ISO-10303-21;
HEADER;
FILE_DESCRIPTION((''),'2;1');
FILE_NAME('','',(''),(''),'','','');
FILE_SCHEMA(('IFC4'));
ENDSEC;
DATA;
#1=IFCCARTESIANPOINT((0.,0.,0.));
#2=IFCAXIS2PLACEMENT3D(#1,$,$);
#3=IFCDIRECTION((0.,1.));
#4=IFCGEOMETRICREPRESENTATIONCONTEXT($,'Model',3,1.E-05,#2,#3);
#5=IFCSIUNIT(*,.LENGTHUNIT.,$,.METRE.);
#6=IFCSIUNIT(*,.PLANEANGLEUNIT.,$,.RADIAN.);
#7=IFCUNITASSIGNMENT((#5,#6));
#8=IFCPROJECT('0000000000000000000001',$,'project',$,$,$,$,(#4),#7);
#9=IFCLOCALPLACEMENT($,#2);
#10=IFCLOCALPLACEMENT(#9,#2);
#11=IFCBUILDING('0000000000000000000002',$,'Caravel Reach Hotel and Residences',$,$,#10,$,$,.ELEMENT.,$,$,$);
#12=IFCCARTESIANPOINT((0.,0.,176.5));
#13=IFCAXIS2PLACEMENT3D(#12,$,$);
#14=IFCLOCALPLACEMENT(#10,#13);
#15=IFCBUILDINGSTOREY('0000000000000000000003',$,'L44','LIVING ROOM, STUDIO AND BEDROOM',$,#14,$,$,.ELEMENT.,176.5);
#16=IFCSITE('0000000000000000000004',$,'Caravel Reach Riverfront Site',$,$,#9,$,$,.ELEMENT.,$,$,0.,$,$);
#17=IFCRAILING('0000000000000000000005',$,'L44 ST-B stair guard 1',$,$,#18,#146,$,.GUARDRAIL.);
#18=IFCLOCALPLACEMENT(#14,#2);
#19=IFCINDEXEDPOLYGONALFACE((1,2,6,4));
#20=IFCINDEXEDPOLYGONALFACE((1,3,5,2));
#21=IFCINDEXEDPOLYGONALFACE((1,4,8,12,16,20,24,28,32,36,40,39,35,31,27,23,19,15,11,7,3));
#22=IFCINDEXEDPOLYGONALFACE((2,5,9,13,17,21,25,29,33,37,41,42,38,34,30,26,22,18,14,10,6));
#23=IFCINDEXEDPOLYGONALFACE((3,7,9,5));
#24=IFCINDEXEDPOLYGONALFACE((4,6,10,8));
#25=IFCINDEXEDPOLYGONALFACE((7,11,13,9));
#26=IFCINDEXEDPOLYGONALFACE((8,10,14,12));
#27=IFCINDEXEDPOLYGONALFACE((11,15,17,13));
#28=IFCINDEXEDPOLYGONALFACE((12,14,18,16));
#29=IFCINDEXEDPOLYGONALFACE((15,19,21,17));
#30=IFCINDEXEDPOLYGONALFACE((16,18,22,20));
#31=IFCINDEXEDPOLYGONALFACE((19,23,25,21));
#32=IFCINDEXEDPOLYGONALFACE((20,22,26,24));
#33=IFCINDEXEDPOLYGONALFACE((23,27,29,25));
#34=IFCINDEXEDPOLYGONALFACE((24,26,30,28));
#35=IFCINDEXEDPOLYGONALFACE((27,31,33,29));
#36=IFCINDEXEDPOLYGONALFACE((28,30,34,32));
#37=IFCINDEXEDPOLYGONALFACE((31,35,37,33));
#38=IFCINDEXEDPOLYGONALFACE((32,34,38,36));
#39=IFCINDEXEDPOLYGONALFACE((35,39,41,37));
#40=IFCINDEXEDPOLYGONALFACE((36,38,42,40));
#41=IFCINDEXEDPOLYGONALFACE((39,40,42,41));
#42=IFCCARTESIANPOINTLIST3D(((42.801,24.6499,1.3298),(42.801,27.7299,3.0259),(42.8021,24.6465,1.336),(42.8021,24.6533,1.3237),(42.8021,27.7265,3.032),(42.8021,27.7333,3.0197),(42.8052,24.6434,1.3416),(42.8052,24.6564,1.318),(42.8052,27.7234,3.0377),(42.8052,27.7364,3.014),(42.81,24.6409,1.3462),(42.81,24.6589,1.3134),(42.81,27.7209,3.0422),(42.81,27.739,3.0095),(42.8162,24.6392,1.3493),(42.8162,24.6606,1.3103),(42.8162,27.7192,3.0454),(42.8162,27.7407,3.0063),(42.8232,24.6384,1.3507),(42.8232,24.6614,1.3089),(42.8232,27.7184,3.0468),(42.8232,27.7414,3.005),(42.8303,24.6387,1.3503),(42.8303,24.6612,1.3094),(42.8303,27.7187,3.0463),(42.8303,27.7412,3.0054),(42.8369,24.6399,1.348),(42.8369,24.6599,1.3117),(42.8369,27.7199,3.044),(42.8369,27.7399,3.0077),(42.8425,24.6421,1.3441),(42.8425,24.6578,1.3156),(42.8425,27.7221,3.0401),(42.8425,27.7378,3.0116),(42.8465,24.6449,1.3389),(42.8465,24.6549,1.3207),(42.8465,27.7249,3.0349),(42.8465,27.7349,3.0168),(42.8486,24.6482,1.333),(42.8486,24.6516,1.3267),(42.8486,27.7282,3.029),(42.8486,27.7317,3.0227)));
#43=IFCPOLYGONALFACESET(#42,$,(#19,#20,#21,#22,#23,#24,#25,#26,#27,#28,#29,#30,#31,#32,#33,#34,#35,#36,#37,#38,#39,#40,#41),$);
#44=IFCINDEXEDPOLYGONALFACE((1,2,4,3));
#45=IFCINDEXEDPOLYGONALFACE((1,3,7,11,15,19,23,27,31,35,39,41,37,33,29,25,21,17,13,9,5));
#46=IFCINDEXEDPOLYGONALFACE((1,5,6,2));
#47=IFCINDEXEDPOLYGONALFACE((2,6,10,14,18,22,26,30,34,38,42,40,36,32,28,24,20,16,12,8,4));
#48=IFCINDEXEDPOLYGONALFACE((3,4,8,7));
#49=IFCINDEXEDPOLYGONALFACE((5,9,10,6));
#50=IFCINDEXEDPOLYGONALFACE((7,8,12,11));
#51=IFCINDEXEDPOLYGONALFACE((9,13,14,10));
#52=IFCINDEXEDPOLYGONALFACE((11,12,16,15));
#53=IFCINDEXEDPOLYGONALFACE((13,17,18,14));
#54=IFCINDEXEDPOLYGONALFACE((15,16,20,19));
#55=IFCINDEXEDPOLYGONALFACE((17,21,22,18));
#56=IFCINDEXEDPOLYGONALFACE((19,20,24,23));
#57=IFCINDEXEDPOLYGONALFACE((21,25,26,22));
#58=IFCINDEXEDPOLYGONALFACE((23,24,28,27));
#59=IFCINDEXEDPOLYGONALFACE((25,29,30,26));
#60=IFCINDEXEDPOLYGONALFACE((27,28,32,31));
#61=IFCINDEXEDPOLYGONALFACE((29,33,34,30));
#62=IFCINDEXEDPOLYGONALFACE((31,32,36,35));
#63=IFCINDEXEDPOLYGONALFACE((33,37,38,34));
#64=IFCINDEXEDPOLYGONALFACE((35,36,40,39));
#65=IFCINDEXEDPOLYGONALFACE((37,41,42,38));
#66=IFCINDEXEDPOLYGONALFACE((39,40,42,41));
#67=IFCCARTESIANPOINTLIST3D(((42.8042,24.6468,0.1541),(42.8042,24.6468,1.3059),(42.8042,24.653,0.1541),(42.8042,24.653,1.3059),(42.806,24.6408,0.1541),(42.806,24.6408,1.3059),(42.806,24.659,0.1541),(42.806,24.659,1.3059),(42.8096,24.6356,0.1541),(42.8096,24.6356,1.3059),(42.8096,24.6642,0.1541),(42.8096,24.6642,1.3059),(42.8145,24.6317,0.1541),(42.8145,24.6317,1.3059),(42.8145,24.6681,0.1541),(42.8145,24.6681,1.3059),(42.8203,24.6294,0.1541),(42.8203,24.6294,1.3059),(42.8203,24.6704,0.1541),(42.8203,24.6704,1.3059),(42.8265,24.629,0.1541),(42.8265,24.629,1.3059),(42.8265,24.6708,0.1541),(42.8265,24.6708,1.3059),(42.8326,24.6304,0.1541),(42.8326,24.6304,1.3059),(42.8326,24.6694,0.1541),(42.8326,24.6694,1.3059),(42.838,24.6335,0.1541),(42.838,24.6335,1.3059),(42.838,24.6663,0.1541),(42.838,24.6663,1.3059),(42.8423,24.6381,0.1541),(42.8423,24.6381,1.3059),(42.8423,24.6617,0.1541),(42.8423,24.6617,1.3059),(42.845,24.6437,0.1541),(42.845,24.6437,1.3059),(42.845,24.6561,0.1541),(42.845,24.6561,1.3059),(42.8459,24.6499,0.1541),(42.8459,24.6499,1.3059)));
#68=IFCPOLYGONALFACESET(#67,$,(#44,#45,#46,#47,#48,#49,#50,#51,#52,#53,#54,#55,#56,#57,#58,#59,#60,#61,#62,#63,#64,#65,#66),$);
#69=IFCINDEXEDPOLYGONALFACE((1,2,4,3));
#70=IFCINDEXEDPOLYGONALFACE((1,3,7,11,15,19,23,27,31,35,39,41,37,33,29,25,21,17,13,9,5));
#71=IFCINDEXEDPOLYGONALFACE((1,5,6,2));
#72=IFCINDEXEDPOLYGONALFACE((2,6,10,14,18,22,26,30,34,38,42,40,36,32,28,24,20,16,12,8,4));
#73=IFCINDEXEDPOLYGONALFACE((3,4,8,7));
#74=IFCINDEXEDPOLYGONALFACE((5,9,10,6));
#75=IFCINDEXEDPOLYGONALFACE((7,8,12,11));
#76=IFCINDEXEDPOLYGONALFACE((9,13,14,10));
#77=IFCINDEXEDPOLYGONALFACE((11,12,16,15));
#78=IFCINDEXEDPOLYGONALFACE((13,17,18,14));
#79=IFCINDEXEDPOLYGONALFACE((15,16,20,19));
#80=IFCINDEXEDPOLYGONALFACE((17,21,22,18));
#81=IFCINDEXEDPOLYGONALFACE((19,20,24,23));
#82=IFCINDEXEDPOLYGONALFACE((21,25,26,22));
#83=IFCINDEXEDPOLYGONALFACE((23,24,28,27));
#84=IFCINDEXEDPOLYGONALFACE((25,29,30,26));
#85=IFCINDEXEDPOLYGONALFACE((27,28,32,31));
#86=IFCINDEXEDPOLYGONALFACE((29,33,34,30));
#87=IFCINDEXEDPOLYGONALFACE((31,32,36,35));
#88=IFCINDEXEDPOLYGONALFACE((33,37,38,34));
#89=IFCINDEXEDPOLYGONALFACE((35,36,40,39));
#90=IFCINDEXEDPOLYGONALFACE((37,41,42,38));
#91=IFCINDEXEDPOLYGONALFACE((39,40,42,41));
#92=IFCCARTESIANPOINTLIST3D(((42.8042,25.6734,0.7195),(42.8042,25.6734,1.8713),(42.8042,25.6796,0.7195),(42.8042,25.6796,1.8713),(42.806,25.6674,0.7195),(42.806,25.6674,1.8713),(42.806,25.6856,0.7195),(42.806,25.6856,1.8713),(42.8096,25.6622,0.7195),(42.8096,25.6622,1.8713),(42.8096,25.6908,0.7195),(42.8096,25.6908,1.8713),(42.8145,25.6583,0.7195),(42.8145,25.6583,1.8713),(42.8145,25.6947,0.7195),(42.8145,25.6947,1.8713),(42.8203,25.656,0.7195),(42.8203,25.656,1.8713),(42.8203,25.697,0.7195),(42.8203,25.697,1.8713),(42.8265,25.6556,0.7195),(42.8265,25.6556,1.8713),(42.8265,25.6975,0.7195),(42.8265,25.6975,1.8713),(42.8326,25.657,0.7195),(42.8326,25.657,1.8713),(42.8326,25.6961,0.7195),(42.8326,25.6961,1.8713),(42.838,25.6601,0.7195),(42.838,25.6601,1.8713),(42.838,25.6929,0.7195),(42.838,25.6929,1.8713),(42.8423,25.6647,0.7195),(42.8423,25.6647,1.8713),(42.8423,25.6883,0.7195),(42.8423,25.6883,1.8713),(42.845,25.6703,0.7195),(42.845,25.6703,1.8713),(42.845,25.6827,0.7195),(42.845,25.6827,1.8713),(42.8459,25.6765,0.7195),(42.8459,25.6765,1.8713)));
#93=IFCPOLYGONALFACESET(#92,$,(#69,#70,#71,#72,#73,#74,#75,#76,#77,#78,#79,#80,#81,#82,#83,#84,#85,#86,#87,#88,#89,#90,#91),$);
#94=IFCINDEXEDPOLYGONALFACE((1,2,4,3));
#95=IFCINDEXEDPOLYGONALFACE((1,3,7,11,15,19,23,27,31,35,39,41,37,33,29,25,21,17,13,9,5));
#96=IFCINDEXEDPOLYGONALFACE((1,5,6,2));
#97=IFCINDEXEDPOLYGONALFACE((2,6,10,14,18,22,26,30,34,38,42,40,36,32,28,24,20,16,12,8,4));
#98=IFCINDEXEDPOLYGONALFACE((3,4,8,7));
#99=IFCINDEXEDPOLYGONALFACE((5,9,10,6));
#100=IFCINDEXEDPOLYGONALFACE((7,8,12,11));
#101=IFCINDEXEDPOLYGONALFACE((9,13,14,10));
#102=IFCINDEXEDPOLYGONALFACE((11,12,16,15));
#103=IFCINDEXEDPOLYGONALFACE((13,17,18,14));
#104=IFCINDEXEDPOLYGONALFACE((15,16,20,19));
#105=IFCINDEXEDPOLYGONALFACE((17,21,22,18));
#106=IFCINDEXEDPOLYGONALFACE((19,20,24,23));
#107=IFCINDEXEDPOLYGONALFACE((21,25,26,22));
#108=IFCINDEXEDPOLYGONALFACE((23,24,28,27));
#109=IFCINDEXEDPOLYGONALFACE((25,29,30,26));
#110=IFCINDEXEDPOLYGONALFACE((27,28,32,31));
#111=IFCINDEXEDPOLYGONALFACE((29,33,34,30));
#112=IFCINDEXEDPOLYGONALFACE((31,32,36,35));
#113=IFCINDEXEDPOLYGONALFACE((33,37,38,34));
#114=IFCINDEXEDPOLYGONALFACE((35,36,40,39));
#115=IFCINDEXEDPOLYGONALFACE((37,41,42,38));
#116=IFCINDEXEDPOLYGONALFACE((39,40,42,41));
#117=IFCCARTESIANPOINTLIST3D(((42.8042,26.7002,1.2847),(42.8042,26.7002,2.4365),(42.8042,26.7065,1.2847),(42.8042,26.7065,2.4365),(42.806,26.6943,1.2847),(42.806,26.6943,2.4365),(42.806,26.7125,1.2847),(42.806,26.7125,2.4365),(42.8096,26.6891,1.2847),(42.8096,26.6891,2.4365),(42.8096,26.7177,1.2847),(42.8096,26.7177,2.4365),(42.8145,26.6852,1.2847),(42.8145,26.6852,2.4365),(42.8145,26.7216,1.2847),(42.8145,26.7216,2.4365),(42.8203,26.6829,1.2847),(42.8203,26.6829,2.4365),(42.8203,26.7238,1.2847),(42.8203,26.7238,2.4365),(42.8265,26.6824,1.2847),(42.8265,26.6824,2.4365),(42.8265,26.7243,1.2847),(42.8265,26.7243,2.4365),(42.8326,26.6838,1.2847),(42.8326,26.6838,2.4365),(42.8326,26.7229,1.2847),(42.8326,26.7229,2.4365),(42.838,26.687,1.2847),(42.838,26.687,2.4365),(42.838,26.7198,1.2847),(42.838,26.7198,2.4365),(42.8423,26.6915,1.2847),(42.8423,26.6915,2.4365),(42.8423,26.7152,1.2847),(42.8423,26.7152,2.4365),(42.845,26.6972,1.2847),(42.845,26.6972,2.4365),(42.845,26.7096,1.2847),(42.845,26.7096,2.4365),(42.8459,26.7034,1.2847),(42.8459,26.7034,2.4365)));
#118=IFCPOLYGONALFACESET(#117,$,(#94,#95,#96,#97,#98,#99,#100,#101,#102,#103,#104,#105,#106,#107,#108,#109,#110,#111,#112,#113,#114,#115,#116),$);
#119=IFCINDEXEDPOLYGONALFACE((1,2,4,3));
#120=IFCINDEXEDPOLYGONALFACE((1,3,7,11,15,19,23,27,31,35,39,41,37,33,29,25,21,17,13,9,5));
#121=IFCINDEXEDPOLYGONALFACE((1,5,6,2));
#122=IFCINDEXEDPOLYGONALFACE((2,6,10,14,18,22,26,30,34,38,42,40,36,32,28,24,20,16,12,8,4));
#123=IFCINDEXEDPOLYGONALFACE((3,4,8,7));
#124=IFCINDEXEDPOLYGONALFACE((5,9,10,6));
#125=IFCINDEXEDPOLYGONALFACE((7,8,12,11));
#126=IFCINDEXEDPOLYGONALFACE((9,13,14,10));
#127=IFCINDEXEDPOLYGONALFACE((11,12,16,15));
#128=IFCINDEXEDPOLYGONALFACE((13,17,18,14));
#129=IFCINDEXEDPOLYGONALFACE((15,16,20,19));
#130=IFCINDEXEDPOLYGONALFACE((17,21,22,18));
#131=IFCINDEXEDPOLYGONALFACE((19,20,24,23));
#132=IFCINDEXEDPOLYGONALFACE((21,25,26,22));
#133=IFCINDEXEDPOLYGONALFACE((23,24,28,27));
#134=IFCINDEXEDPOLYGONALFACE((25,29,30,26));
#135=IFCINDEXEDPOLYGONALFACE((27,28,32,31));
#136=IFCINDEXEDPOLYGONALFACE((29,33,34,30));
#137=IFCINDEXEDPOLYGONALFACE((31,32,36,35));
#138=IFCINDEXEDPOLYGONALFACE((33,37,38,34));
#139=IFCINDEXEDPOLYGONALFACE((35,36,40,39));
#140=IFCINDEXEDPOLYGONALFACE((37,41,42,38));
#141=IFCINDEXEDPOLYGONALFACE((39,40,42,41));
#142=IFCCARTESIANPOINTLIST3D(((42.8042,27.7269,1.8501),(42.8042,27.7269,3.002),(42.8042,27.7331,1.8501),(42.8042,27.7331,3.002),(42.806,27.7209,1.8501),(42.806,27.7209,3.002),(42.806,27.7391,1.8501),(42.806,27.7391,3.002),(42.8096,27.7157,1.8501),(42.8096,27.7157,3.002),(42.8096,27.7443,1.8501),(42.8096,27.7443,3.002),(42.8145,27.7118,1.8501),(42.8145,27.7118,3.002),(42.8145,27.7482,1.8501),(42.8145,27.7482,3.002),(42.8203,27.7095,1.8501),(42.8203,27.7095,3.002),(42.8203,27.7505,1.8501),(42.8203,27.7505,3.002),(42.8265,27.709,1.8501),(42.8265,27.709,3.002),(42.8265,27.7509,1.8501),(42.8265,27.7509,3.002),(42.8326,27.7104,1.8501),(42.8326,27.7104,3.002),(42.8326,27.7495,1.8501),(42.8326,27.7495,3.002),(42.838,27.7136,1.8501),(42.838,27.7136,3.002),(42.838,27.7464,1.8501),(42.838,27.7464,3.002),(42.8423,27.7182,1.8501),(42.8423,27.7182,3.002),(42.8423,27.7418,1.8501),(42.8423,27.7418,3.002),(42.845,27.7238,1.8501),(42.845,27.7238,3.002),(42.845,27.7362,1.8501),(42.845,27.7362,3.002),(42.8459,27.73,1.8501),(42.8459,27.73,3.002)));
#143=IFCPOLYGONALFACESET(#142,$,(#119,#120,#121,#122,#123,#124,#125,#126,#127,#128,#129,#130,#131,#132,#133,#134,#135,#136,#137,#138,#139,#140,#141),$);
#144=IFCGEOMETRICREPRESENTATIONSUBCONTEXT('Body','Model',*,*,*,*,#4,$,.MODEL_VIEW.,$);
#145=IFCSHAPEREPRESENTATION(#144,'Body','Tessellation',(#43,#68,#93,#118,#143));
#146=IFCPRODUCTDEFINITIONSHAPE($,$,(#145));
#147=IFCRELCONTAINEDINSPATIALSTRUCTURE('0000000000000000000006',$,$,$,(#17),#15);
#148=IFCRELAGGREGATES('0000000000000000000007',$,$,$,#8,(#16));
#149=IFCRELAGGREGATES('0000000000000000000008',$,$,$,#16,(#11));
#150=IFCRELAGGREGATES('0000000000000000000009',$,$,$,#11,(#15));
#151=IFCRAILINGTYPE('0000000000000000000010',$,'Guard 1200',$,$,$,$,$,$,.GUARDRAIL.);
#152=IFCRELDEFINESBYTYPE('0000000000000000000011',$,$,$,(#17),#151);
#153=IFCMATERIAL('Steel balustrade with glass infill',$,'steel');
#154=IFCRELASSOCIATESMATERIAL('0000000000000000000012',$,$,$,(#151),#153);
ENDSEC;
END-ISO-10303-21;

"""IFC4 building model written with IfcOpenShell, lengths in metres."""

from ifc_helpers import new_model, si_unit, direction, frame, origin, origin_2d, place, context, subcontext, project, spatial, circle, extrude, material, type_object, element, save


model = new_model("IFC4")

# Units and contexts
model_context = context("Model", 3, precision=1e-05, world=origin(), true_north=direction((0.0, 1.0)))
body_context = subcontext(model_context, "Body", "Model", "MODEL_VIEW")
ifc_project = project(units=[si_unit("LENGTHUNIT", "METRE"), si_unit("PLANEANGLEUNIT", "RADIAN")], contexts=[model_context])

# Site, building, storey
site_placement = place(None, origin())
site = spatial("IfcSite", under=ifc_project, at=site_placement, Name="Caravel Reach Riverfront Site", CompositionType="ELEMENT", RefElevation=0.0)
building_placement = place(site_placement, origin())
building = spatial("IfcBuilding", under=site, at=building_placement, Name="Caravel Reach Hotel and Residences", CompositionType="ELEMENT")
storey_placement = place(building_placement, frame((0.0, 0.0, 176.5)))
storey = spatial("IfcBuildingStorey", under=building, at=storey_placement, Name="L44", Description="LIVING ROOM, STUDIO AND BEDROOM", CompositionType="ELEMENT", Elevation=176.5)

# Railing
ifc_material_1 = material(Name="Steel balustrade with glass infill", Category="steel")
railing_type_1 = type_object("IfcRailingType", Name="Guard 1200", PredefinedType="GUARDRAIL", material=ifc_material_1)
railing_1_placement = place(storey_placement, frame((42.825, 24.6499, 0.1541)))
element("IfcRailing", 1, at=railing_1_placement, inside=storey, type_object=railing_type_1, Name="L44 ST-B stair guard 1", PredefinedType="GUARDRAIL", context=body_context, shape_type="SweptSolid", body=[
    extrude(circle(Radius=0.0239, at=origin_2d()), frame((0.0, 0.0, 1.1758), z_axis=(0.0, 0.875975, 0.482356), x_axis=(-1.0, 0.0, 0.0)), (0.0, 0.0, 1.0), 3.5161),
    extrude(circle(Radius=0.021, at=origin_2d()), origin(), (0.0, 0.0, 1.0), 1.1519),
    extrude(circle(Radius=0.021, at=origin_2d()), frame((0.0, 1.0266, 0.5654)), (0.0, 0.0, 1.0), 1.1519),
    extrude(circle(Radius=0.021, at=origin_2d()), frame((0.0, 2.0535, 1.1306)), (0.0, 0.0, 1.0), 1.1519),
    extrude(circle(Radius=0.021, at=origin_2d()), frame((0.0, 3.0801, 1.696)), (0.0, 0.0, 1.0), 1.1519),
])

save(model, "model.ifc")
